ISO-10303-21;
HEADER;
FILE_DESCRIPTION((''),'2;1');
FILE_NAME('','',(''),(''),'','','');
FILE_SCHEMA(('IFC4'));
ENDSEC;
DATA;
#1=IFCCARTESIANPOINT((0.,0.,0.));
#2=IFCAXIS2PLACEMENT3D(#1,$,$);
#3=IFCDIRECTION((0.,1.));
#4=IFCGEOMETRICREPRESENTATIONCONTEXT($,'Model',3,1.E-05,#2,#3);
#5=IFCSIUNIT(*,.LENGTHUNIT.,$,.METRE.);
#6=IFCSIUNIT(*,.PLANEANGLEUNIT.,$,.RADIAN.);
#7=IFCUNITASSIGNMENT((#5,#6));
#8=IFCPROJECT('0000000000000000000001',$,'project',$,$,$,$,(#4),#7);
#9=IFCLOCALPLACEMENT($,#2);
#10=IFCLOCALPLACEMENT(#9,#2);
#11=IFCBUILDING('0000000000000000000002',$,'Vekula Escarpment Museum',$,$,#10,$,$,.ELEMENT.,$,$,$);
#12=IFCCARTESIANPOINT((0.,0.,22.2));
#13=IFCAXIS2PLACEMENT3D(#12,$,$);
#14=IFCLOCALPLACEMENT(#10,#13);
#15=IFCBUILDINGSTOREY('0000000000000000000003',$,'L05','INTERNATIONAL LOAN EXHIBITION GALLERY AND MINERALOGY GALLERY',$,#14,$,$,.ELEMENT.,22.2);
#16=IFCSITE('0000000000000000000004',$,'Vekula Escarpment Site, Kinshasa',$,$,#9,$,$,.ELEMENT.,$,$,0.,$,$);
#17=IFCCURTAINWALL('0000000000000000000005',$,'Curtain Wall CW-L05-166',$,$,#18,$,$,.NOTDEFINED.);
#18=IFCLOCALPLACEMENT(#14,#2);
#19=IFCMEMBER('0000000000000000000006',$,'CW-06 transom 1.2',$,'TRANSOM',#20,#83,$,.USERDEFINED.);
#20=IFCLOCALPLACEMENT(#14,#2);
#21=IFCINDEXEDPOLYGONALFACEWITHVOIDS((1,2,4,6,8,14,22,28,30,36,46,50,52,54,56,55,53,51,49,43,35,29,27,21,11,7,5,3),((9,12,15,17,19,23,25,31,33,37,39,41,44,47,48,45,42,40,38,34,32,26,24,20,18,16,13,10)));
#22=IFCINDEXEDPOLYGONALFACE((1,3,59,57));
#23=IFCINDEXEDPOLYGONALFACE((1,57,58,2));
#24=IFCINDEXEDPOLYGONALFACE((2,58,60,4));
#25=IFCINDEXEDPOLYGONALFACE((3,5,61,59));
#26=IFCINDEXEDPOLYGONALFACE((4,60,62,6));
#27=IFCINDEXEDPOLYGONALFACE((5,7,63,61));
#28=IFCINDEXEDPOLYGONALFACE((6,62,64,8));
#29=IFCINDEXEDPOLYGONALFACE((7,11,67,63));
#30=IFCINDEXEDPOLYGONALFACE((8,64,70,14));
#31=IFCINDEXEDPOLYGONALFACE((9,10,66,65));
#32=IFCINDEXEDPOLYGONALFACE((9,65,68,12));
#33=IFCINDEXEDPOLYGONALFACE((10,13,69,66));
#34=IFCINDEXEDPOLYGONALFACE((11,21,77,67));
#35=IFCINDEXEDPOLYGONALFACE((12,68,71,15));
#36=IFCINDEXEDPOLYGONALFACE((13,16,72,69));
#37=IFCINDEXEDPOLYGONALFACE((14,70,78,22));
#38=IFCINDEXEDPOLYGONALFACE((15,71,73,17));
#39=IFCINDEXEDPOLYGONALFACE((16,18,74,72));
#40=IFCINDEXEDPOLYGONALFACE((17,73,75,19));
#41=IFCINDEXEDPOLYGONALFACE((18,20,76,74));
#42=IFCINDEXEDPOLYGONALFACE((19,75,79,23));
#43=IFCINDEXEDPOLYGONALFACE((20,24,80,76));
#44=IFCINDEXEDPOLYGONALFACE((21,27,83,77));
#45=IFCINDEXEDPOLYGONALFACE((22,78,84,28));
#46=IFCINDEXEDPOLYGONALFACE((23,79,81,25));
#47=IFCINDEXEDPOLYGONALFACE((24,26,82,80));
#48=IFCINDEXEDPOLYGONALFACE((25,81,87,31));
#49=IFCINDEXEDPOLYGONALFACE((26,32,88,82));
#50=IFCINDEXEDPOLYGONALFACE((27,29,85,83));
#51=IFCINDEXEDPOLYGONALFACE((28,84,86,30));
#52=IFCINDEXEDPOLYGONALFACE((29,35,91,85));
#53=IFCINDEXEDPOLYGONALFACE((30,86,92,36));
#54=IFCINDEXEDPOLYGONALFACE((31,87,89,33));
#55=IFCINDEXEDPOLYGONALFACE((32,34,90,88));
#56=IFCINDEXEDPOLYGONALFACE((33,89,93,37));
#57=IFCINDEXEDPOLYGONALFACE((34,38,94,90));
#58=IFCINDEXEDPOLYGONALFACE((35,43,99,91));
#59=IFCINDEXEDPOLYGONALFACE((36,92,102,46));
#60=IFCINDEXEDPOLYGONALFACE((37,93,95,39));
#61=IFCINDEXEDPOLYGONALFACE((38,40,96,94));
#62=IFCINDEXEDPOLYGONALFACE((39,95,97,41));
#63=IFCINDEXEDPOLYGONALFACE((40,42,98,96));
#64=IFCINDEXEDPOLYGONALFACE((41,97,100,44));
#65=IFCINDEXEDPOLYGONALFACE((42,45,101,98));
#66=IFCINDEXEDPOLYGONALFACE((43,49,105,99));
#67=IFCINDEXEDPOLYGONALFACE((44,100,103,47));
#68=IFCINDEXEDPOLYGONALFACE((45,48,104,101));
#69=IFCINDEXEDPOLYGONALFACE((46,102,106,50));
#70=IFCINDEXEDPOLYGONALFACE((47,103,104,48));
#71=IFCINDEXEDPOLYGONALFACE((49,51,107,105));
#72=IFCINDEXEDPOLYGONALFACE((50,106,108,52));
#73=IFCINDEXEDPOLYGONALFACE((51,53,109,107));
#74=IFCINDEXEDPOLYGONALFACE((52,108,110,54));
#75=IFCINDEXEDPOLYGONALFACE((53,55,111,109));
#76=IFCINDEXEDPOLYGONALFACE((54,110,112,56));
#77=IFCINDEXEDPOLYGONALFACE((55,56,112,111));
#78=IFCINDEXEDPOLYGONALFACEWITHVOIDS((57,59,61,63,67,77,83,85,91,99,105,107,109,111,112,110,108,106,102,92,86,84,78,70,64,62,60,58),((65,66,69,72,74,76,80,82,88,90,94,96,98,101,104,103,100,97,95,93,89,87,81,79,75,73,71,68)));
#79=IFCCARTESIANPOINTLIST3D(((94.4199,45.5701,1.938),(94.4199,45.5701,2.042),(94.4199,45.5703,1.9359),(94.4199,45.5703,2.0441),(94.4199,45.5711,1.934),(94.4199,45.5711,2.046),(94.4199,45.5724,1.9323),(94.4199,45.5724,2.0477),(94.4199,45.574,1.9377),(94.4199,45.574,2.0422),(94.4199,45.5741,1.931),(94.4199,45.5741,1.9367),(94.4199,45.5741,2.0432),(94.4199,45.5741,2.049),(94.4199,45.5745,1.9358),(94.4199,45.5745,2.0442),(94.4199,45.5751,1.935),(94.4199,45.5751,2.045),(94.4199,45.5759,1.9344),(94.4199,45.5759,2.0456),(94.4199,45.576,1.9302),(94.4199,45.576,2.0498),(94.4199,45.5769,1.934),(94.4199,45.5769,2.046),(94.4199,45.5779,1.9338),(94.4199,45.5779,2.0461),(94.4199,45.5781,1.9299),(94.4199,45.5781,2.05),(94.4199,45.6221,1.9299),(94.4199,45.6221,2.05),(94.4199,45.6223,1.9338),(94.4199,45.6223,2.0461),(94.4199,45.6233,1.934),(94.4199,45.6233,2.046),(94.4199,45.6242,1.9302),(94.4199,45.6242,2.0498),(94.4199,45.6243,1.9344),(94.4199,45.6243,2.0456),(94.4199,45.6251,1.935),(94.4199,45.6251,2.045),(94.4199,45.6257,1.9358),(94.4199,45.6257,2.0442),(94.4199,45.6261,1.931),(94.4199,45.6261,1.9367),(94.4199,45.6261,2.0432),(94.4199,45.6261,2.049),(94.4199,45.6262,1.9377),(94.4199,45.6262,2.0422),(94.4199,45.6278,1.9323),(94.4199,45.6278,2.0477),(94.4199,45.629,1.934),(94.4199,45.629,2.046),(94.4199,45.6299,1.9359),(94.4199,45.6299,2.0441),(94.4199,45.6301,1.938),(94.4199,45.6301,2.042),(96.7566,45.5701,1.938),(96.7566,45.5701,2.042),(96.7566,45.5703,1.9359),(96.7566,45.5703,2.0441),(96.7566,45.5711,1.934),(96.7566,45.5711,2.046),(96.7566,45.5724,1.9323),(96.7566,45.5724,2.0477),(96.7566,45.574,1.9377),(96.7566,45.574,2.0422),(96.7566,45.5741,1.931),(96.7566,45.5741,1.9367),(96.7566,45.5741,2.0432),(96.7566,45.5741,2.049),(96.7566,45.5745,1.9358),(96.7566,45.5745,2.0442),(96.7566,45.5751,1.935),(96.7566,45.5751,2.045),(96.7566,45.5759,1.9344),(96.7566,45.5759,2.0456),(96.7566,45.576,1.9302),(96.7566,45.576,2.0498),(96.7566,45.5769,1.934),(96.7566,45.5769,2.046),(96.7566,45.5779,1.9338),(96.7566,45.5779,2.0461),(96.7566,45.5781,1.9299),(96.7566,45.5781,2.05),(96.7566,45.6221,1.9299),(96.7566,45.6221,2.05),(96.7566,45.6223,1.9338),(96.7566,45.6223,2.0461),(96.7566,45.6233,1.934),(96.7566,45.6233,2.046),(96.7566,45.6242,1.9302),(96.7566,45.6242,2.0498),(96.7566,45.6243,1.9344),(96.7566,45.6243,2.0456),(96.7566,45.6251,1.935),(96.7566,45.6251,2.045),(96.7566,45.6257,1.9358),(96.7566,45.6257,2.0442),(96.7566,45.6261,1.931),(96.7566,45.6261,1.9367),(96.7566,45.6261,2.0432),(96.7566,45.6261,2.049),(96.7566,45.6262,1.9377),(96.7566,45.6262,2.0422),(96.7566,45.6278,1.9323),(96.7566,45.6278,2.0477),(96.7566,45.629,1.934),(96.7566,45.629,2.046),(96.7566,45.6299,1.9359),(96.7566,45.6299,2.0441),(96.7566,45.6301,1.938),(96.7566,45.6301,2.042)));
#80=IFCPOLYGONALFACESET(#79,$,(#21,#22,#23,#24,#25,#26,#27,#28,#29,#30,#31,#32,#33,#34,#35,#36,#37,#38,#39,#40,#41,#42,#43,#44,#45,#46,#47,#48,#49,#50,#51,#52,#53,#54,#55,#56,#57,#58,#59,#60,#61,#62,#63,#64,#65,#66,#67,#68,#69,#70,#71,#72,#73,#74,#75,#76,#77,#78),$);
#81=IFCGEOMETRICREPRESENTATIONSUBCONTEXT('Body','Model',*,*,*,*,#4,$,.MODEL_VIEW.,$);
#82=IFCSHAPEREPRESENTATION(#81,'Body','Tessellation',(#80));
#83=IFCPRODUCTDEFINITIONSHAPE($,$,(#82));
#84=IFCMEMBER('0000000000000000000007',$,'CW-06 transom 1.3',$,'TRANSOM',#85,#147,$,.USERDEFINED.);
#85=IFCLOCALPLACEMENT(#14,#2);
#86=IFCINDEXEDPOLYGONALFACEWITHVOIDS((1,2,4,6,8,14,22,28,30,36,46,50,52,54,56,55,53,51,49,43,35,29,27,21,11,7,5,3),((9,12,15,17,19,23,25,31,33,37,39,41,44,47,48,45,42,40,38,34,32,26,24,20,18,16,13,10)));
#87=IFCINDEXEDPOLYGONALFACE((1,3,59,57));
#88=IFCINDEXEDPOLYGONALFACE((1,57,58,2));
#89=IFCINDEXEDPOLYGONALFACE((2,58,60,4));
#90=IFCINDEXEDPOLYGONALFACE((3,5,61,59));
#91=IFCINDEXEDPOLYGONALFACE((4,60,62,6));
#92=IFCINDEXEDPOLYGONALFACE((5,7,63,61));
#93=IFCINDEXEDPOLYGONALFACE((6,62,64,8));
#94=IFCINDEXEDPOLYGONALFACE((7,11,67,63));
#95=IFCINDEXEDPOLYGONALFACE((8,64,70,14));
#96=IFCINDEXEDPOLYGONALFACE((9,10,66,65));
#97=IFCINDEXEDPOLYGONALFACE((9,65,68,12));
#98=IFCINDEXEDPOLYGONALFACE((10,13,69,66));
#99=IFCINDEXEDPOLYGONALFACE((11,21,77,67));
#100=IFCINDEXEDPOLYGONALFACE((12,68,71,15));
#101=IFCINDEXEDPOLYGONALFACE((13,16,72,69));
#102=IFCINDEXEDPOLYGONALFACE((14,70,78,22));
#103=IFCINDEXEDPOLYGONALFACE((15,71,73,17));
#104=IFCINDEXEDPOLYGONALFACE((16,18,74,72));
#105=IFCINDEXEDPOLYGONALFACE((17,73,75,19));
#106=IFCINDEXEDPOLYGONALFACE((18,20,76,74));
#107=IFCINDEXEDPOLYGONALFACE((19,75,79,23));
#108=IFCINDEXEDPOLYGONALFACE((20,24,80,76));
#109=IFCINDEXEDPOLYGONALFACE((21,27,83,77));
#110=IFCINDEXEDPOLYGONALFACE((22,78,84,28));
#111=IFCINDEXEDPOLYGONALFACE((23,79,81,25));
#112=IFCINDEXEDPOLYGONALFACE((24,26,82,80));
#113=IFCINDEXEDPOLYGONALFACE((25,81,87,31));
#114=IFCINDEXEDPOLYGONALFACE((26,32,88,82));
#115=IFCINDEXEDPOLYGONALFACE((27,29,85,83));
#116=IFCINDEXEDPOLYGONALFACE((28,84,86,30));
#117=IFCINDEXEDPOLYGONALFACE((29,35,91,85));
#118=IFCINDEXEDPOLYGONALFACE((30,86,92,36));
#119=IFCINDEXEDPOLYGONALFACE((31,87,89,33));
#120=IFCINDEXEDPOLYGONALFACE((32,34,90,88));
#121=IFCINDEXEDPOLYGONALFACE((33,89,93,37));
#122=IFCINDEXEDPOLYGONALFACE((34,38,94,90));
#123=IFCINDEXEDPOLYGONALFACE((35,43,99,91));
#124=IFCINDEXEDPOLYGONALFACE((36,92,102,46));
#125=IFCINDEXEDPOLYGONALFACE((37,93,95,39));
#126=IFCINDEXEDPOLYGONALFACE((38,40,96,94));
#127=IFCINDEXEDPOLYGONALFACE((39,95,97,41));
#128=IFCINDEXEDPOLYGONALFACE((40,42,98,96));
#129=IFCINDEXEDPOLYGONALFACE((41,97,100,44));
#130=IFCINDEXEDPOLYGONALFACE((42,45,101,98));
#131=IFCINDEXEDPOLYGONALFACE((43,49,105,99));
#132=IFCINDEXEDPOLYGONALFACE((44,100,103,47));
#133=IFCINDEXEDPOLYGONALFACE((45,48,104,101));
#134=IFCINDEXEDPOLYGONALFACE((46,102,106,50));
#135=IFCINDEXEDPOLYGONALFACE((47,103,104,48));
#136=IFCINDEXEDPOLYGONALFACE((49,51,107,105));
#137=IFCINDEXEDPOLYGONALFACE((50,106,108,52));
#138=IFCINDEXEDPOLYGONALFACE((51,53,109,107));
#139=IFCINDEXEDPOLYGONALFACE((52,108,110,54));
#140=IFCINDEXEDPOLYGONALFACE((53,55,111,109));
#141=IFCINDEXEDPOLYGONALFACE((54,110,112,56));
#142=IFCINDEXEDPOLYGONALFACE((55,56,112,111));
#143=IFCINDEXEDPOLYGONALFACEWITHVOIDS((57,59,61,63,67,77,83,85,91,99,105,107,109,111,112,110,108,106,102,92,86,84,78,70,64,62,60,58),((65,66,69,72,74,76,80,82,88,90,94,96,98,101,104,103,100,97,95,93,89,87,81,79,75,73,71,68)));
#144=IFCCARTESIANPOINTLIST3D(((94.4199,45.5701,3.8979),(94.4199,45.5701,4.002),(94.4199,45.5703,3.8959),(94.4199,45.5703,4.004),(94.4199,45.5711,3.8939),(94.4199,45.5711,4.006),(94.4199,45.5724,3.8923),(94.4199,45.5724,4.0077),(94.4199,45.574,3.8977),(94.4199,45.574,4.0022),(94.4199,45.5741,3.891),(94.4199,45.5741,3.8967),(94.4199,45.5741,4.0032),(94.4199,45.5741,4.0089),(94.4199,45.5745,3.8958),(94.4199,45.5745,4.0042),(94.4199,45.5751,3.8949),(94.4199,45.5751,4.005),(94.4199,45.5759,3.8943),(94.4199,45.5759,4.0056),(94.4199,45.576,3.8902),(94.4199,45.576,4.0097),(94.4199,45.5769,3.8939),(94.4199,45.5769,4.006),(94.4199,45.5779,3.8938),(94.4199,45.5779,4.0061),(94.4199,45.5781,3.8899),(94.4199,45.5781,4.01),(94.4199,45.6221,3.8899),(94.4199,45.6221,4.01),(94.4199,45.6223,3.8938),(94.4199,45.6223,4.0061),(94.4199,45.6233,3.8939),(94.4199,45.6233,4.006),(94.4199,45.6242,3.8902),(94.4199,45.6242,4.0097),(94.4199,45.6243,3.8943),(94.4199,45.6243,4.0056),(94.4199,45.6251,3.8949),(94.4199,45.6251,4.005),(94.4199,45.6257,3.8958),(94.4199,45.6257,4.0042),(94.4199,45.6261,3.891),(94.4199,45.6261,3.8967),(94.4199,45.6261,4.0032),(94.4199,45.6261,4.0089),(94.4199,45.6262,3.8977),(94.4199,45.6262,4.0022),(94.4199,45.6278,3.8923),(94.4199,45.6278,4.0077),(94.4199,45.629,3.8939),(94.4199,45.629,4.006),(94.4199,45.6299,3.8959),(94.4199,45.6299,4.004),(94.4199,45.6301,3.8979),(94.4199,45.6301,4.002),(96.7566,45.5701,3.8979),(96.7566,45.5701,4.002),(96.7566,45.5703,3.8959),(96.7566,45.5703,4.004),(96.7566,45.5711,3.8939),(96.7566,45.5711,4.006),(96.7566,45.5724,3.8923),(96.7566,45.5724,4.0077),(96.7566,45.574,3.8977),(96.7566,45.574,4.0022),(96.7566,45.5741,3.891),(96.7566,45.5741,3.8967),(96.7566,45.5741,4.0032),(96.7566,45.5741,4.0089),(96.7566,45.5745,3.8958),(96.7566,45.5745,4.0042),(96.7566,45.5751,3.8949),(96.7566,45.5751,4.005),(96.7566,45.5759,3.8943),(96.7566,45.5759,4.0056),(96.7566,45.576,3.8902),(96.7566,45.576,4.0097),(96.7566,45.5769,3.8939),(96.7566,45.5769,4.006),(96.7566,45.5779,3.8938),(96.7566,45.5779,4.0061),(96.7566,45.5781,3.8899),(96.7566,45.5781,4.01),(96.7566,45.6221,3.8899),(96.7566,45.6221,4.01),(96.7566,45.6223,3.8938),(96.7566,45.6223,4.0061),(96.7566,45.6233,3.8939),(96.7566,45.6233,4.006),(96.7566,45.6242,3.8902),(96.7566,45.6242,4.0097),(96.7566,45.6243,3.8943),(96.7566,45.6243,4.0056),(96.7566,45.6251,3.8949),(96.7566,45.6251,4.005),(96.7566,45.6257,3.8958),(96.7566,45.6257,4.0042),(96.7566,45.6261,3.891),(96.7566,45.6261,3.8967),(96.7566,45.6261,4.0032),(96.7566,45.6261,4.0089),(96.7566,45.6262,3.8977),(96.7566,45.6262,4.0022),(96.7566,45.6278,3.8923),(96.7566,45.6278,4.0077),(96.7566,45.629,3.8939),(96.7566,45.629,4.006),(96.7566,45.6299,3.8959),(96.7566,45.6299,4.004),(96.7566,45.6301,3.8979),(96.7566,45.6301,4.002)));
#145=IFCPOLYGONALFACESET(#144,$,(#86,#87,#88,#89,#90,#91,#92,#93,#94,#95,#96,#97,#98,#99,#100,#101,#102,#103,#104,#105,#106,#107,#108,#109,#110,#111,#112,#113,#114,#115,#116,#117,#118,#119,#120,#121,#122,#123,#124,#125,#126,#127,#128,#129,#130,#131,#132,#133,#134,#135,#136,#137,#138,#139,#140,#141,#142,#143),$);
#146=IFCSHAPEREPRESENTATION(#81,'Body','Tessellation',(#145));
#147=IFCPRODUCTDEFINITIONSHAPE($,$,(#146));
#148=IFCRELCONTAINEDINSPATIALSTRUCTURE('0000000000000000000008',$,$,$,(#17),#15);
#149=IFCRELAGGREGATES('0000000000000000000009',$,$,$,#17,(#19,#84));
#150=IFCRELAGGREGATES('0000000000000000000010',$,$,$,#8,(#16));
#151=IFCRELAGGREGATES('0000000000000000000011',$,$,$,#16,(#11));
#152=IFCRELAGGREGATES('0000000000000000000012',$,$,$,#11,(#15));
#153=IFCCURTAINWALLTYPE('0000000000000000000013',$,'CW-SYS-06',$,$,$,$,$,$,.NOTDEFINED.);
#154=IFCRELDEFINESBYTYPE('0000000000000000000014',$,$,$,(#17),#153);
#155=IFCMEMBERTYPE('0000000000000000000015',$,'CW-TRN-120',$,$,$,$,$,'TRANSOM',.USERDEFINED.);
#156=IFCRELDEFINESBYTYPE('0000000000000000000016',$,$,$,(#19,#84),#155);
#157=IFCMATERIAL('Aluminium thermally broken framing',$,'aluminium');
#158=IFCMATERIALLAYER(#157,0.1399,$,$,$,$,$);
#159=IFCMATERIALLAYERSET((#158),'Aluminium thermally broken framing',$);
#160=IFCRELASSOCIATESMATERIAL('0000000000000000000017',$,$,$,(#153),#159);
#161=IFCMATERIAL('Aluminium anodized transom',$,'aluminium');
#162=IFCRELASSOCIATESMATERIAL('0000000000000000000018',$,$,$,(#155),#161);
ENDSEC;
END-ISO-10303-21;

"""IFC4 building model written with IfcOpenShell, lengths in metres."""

from ifc_helpers import new_model, si_unit, direction, frame, origin, origin_2d, place, context, subcontext, project, spatial, hollow_rectangle, extrude, material, layer, layer_set, material_profile, profile_set, type_object, element, aggregate, save


model = new_model("IFC4")

# Units and contexts
model_context = context("Model", 3, precision=1e-05, world=origin(), true_north=direction((0.0, 1.0)))
body_context = subcontext(model_context, "Body", "Model", "MODEL_VIEW")
ifc_project = project(units=[si_unit("LENGTHUNIT", "METRE"), si_unit("PLANEANGLEUNIT", "RADIAN")], contexts=[model_context])

# Site, building, storey
site_placement = place(None, origin())
site = spatial("IfcSite", under=ifc_project, at=site_placement, Name="Vekula Escarpment Site, Kinshasa", CompositionType="ELEMENT", RefElevation=0.0)
building_placement = place(site_placement, origin())
building = spatial("IfcBuilding", under=site, at=building_placement, Name="Vekula Escarpment Museum", CompositionType="ELEMENT")
storey_placement = place(building_placement, frame((0.0, 0.0, 22.2)))
storey = spatial("IfcBuildingStorey", under=building, at=storey_placement, Name="L05", Description="INTERNATIONAL LOAN EXHIBITION GALLERY AND MINERALOGY GALLERY", CompositionType="ELEMENT", Elevation=22.2)

# Curtain wall
ifc_material_1 = material(Name="Aluminium thermally broken framing", Category="aluminium")
ifc_layer_1 = layer(ifc_material_1, 0.1399)
ifc_layer_set_1 = layer_set([ifc_layer_1], Name="Aluminium thermally broken framing")
curtain_wall_type_1 = type_object("IfcCurtainWallType", Name="CW-SYS-06", PredefinedType="NOTDEFINED", material=ifc_layer_set_1)
curtain_wall_1_placement = place(storey_placement, origin())
curtain_wall_1 = element("IfcCurtainWall", 1, at=curtain_wall_1_placement, inside=storey, type_object=curtain_wall_type_1, Name="Curtain Wall CW-L05-166", PredefinedType="NOTDEFINED")

# Members
ifc_material_2 = material(Name="Aluminium anodized transom", Category="aluminium")
ifc_material_profile_1 = material_profile(ifc_material_2, hollow_rectangle(XDim=0.0601, YDim=0.1201, WallThickness=0.0039, InnerFilletRadius=0.0039, OuterFilletRadius=0.0081, at=origin_2d()), Name="ALU 120x60x4")
ifc_profile_set_1 = profile_set([ifc_material_profile_1], Name="Aluminium anodized transom")
member_type_1 = type_object("IfcMemberType", Name="CW-TRN-120", ElementType="TRANSOM", PredefinedType="USERDEFINED", material=ifc_profile_set_1)
member_1_placement = place(storey_placement, frame((94.4199, 45.6001, 1.99), z_axis=(1.0, 0.0, 0.0), x_axis=(0.0, 1.0, 0.0)))
member_1 = element("IfcMember", 2, at=member_1_placement, type_object=member_type_1, Name="CW-06 transom 1.2", ObjectType="TRANSOM", PredefinedType="USERDEFINED", context=body_context, shape_type="SweptSolid", body=[
    extrude(hollow_rectangle(XDim=0.0601, YDim=0.1201, WallThickness=0.0039, InnerFilletRadius=0.0039, OuterFilletRadius=0.0081, at=origin_2d()), origin(), (0.0, 0.0, 1.0), 2.3367),
])
member_2_placement = place(storey_placement, frame((94.4199, 45.6001, 3.95), z_axis=(1.0, 0.0, 0.0), x_axis=(0.0, 1.0, 0.0)))
member_2 = element("IfcMember", 3, at=member_2_placement, type_object=member_type_1, Name="CW-06 transom 1.3", ObjectType="TRANSOM", PredefinedType="USERDEFINED", context=body_context, shape_type="SweptSolid", body=[
    extrude(hollow_rectangle(XDim=0.0601, YDim=0.1201, WallThickness=0.0039, InnerFilletRadius=0.0039, OuterFilletRadius=0.0081, at=origin_2d()), origin(), (0.0, 0.0, 1.0), 2.3367),
])
aggregate(curtain_wall_1, [member_1, member_2])

save(model, "model.ifc")
